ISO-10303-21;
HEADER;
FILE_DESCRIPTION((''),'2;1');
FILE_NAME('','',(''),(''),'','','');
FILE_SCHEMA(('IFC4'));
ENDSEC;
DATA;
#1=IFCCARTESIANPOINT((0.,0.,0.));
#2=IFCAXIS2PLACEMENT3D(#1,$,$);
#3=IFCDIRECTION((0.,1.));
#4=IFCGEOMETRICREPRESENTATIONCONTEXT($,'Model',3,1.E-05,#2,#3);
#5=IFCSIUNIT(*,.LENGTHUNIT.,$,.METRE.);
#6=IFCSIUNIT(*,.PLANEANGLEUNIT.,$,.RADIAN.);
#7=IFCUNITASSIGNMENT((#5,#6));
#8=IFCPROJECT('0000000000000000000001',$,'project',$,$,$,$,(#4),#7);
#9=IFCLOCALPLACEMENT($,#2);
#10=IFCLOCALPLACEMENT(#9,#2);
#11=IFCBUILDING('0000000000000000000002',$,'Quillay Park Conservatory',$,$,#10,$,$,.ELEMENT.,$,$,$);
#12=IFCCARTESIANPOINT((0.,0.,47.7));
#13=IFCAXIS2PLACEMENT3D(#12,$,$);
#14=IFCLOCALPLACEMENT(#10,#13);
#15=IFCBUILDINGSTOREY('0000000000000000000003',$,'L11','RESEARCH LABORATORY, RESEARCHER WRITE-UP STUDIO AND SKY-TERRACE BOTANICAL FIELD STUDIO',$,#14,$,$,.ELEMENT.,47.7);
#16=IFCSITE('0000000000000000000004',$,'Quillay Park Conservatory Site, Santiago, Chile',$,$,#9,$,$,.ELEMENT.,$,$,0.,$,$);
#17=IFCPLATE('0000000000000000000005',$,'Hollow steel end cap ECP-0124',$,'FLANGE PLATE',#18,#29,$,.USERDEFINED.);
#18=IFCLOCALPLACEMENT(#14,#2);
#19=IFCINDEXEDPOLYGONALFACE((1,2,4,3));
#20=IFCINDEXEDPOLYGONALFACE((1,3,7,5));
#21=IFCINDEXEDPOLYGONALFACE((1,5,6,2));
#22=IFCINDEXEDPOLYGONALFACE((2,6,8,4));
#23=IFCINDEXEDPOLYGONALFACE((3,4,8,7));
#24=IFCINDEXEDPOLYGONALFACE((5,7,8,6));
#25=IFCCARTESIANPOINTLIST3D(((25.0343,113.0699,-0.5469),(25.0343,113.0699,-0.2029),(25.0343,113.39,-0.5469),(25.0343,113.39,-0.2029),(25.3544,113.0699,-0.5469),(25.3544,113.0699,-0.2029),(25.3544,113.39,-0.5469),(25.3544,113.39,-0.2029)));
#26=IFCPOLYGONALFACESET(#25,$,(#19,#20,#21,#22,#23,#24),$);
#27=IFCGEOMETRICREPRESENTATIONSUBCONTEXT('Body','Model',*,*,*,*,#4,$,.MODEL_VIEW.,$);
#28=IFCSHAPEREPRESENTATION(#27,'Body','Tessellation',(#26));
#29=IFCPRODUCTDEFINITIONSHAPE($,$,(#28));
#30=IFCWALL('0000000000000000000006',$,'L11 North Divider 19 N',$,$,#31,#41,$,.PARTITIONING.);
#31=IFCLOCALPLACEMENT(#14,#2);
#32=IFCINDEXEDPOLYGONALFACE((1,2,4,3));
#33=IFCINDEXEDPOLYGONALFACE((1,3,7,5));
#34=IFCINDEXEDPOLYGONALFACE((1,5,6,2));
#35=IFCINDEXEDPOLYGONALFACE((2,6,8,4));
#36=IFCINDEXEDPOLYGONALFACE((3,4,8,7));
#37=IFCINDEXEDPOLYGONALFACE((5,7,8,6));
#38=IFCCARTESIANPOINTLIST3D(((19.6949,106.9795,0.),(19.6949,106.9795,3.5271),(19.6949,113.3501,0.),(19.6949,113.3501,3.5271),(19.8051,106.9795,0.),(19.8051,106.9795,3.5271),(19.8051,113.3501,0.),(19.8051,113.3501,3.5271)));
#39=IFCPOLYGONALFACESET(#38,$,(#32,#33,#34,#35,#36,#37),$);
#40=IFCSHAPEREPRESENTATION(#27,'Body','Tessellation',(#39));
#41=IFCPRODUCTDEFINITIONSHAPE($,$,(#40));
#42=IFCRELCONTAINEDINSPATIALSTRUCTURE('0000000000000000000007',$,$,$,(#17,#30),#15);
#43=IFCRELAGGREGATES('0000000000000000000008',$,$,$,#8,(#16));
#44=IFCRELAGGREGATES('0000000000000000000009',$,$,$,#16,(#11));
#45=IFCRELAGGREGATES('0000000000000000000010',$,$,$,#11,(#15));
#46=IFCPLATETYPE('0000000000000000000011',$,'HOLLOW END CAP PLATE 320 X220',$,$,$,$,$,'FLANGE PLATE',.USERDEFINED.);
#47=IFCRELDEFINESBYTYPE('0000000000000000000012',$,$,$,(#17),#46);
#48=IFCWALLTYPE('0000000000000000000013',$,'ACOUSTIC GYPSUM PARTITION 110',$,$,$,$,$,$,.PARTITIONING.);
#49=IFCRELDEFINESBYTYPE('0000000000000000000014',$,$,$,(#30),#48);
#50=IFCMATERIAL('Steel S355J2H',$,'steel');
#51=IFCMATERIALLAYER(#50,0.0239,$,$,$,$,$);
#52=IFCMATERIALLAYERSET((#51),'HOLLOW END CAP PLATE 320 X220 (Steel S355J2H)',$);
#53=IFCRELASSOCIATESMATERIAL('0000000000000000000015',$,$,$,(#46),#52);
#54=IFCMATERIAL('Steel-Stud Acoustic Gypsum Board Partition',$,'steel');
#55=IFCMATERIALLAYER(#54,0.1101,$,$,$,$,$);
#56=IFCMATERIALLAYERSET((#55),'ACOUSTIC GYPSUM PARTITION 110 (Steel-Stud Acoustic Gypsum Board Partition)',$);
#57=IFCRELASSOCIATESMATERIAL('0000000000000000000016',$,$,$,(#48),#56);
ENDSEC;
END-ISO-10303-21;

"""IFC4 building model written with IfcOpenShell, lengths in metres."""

from ifc_helpers import new_model, si_unit, direction, frame, frame_2d, origin, origin_2d, place, context, subcontext, project, spatial, rectangle, extrude, material, layer, layer_set, type_object, element, save


model = new_model("IFC4")

# Units and contexts
model_context = context("Model", 3, precision=1e-05, world=origin(), true_north=direction((0.0, 1.0)))
body_context = subcontext(model_context, "Body", "Model", "MODEL_VIEW")
ifc_project = project(units=[si_unit("LENGTHUNIT", "METRE"), si_unit("PLANEANGLEUNIT", "RADIAN")], contexts=[model_context])

# Site, building, storey
site_placement = place(None, origin())
site = spatial("IfcSite", under=ifc_project, at=site_placement, Name="Quillay Park Conservatory Site, Santiago, Chile", CompositionType="ELEMENT", RefElevation=0.0)
building_placement = place(site_placement, origin())
building = spatial("IfcBuilding", under=site, at=building_placement, Name="Quillay Park Conservatory", CompositionType="ELEMENT")
storey_placement = place(building_placement, frame((0.0, 0.0, 47.7)))
storey = spatial("IfcBuildingStorey", under=building, at=storey_placement, Name="L11", Description="RESEARCH LABORATORY, RESEARCHER WRITE-UP STUDIO AND SKY-TERRACE BOTANICAL FIELD STUDIO", CompositionType="ELEMENT", Elevation=47.7)

# Plate
ifc_material_1 = material(Name="Steel S355J2H", Category="steel")
ifc_layer_1 = layer(ifc_material_1, 0.0239)
ifc_layer_set_1 = layer_set([ifc_layer_1], Name="HOLLOW END CAP PLATE 320 X220 (Steel S355J2H)")
plate_type_1 = type_object("IfcPlateType", Name="HOLLOW END CAP PLATE 320 X220", ElementType="FLANGE PLATE", PredefinedType="USERDEFINED", material=ifc_layer_set_1)
plate_1_placement = place(storey_placement, frame((25.1943, 113.23, -0.5469), z_axis=(0.0, 0.0, 1.0), x_axis=(1.0, 0.0, 0.0)))
element("IfcPlate", 1, at=plate_1_placement, inside=storey, type_object=plate_type_1, Name="Hollow steel end cap ECP-0124", ObjectType="FLANGE PLATE", PredefinedType="USERDEFINED", context=body_context, shape_type="SweptSolid", body=[
    extrude(rectangle(XDim=0.3201, YDim=0.3201, at=origin_2d()), origin(), (0.0, 0.0, 1.0), 0.344),
])

# Wall
ifc_material_2 = material(Name="Steel-Stud Acoustic Gypsum Board Partition", Category="steel")
ifc_layer_2 = layer(ifc_material_2, 0.1101)
ifc_layer_set_2 = layer_set([ifc_layer_2], Name="ACOUSTIC GYPSUM PARTITION 110 (Steel-Stud Acoustic Gypsum Board Partition)")
wall_type = type_object("IfcWallType", Name="ACOUSTIC GYPSUM PARTITION 110", PredefinedType="PARTITIONING", material=ifc_layer_set_2)
wall_placement = place(storey_placement, frame((19.75, 113.3501, 0.0), z_axis=(0.0, 0.0, 1.0), x_axis=(0.0, -1.0, 0.0)))
element("IfcWall", 2, at=wall_placement, inside=storey, type_object=wall_type, Name="L11 North Divider 19 N", PredefinedType="PARTITIONING", context=body_context, shape_type="SweptSolid", body=[
    extrude(rectangle(XDim=6.3706, YDim=0.1101, at=frame_2d((3.1853, 0.0))), origin(), (0.0, 0.0, 1.0), 3.5271),
])

save(model, "model.ifc")
